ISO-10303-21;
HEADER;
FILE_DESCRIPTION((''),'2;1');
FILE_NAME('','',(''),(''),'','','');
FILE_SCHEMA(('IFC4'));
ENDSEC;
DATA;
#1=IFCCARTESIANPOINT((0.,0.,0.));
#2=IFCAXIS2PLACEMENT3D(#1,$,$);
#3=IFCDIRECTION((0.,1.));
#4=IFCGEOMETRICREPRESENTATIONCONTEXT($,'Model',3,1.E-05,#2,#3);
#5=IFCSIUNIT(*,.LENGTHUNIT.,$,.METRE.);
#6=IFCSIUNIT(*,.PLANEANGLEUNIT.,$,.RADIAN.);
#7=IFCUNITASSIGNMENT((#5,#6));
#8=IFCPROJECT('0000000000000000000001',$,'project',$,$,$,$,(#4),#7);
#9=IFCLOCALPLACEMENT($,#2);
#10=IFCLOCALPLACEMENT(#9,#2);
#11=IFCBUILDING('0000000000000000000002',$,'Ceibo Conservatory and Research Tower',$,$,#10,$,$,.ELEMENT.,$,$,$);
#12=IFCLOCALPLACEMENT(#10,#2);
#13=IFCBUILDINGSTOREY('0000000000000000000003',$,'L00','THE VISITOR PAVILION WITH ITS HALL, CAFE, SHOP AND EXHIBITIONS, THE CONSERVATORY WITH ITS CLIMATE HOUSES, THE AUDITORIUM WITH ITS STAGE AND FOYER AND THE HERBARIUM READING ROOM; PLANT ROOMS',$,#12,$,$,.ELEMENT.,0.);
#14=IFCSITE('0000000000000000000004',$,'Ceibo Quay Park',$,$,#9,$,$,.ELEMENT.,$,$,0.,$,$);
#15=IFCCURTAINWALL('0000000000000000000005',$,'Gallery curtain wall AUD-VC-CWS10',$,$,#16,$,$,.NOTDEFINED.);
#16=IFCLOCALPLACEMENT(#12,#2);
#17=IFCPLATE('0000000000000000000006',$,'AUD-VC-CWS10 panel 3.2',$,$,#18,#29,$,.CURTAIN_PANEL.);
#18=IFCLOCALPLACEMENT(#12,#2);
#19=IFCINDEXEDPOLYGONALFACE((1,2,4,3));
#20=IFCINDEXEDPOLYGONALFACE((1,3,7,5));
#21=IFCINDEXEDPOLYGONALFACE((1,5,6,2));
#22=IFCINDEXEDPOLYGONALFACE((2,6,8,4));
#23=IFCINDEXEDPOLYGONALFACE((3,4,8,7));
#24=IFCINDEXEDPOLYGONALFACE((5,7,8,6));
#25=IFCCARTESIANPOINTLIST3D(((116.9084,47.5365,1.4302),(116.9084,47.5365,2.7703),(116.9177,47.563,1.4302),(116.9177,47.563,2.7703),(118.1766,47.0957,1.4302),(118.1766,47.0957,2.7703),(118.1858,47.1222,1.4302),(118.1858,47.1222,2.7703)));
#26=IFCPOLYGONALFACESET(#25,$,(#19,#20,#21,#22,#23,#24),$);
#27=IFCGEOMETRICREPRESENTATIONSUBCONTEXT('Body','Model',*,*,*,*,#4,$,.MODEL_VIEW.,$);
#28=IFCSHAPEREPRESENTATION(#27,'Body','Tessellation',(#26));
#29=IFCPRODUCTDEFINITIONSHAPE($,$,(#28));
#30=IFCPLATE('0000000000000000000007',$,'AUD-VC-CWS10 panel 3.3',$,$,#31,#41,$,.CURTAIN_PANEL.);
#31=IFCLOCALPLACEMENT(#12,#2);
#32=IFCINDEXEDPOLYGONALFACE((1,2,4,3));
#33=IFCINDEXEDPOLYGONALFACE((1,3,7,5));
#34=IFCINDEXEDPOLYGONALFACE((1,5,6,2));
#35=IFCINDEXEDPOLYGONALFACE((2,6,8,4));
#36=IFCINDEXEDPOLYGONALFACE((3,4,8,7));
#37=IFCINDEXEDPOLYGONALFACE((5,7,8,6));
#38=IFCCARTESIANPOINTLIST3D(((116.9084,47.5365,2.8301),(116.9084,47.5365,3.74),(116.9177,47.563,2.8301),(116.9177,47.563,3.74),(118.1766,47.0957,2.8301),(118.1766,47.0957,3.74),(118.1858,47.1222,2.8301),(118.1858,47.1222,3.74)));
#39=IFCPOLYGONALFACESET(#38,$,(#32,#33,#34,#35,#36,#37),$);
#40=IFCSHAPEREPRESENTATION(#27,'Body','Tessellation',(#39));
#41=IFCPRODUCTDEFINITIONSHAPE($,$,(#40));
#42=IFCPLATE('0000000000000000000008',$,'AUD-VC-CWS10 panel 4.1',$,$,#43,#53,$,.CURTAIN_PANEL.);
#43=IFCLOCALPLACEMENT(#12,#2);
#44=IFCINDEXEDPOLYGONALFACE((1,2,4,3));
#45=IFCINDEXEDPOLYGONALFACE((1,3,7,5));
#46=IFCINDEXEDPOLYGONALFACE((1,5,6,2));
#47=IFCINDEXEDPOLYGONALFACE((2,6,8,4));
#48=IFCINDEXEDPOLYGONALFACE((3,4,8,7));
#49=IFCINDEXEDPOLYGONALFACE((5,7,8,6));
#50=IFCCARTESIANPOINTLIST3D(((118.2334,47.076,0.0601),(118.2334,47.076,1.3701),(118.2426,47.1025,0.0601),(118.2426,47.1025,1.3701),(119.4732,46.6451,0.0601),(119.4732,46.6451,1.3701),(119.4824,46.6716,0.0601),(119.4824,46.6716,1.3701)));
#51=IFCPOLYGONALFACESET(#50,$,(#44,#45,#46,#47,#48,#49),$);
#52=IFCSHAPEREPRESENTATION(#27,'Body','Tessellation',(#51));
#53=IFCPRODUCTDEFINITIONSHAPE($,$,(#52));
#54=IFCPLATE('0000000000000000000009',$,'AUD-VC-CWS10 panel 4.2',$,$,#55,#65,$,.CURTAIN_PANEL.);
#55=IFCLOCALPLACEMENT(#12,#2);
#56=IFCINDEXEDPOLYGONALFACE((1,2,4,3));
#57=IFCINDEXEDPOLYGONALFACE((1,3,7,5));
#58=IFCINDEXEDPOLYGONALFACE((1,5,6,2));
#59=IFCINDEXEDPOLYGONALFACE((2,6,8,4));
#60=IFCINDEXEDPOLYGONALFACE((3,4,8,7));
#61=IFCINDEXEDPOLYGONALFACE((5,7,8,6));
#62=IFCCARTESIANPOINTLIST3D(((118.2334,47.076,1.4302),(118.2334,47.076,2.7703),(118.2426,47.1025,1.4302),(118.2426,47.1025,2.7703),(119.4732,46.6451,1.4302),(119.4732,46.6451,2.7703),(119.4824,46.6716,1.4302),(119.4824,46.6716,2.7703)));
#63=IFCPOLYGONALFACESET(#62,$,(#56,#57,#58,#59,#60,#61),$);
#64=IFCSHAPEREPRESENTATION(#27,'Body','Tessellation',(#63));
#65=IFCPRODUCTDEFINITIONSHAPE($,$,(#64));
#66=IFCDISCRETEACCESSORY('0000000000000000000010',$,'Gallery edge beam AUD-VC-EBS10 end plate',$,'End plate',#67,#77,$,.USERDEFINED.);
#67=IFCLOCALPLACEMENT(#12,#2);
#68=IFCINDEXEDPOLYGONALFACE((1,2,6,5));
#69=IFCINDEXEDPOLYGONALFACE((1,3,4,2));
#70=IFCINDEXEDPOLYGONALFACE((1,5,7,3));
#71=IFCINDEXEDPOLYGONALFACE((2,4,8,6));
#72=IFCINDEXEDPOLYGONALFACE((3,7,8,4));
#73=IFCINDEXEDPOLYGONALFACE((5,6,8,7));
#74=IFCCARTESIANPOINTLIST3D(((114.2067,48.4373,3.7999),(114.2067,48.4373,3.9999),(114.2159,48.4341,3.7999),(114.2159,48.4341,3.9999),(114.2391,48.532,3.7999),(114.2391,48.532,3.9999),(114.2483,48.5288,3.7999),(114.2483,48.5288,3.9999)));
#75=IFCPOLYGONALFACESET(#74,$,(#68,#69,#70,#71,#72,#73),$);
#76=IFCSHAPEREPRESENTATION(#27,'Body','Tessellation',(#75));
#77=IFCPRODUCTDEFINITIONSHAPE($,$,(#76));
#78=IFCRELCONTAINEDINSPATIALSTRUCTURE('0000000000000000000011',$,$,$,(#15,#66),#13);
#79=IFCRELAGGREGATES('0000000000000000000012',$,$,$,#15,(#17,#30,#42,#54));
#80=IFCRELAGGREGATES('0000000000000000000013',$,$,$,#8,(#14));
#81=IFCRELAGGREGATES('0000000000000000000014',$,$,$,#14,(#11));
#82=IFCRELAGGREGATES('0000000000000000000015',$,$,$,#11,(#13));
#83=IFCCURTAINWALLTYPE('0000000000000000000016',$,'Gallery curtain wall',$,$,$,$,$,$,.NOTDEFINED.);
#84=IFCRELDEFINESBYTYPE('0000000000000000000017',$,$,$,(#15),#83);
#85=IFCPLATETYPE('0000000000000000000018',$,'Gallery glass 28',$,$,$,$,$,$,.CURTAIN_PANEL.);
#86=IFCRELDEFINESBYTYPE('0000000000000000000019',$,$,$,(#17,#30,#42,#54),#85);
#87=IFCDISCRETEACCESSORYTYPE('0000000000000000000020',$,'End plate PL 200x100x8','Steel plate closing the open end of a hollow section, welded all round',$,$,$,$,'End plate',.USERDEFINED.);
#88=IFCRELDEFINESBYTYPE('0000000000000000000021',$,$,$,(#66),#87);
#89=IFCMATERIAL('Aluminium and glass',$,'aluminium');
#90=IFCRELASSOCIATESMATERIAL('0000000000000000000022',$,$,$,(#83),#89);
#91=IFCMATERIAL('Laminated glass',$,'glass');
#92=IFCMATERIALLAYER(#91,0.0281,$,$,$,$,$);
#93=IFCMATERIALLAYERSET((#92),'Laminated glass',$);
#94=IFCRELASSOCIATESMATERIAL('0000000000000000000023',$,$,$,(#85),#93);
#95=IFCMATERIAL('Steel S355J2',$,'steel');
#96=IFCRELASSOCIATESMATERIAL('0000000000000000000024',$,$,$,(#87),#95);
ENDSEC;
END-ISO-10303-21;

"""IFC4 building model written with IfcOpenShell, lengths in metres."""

from ifc_helpers import new_model, si_unit, direction, frame, origin, origin_2d, place, context, subcontext, project, spatial, rectangle, extrude, material, layer, layer_set, material_profile, profile_set, type_object, element, aggregate, save


model = new_model("IFC4")

# Units and contexts
model_context = context("Model", 3, precision=1e-05, world=origin(), true_north=direction((0.0, 1.0)))
body_context = subcontext(model_context, "Body", "Model", "MODEL_VIEW")
ifc_project = project(units=[si_unit("LENGTHUNIT", "METRE"), si_unit("PLANEANGLEUNIT", "RADIAN")], contexts=[model_context])

# Site, building, storey
site_placement = place(None, origin())
site = spatial("IfcSite", under=ifc_project, at=site_placement, Name="Ceibo Quay Park", CompositionType="ELEMENT", RefElevation=0.0)
building_placement = place(site_placement, origin())
building = spatial("IfcBuilding", under=site, at=building_placement, Name="Ceibo Conservatory and Research Tower", CompositionType="ELEMENT")
storey_placement = place(building_placement, origin())
storey = spatial("IfcBuildingStorey", under=building, at=storey_placement, Name="L00", Description="THE VISITOR PAVILION WITH ITS HALL, CAFE, SHOP AND EXHIBITIONS, THE CONSERVATORY WITH ITS CLIMATE HOUSES, THE AUDITORIUM WITH ITS STAGE AND FOYER AND THE HERBARIUM READING ROOM; PLANT ROOMS", CompositionType="ELEMENT", Elevation=0.0)

# Curtain wall
ifc_material_1 = material(Name="Aluminium and glass", Category="aluminium")
curtain_wall_type = type_object("IfcCurtainWallType", Name="Gallery curtain wall", PredefinedType="NOTDEFINED", material=ifc_material_1)
curtain_wall_placement = place(storey_placement, origin())
curtain_wall = element("IfcCurtainWall", 1, at=curtain_wall_placement, inside=storey, type_object=curtain_wall_type, Name="Gallery curtain wall AUD-VC-CWS10", PredefinedType="NOTDEFINED")

# Plates
ifc_material_2 = material(Name="Laminated glass", Category="glass")
ifc_layer = layer(ifc_material_2, 0.0281)
ifc_layer_set = layer_set([ifc_layer], Name="Laminated glass")
plate_type = type_object("IfcPlateType", Name="Gallery glass 28", PredefinedType="CURTAIN_PANEL", material=ifc_layer_set)
plate_1_placement = place(storey_placement, frame((117.5471, 47.3293, 1.4302), z_axis=(0.0, 0.0, 1.0), x_axis=(0.944579, -0.328284, 0.0)))
plate_1 = element("IfcPlate", 2, at=plate_1_placement, type_object=plate_type, Name="AUD-VC-CWS10 panel 3.2", PredefinedType="CURTAIN_PANEL", context=body_context, shape_type="SweptSolid", body=[
    extrude(rectangle(XDim=1.3425, YDim=0.0281, at=origin_2d()), origin(), (0.0, 0.0, 1.0), 1.3401),
])
plate_2_placement = place(storey_placement, frame((117.5471, 47.3293, 2.8301), z_axis=(0.0, 0.0, 1.0), x_axis=(0.944579, -0.328284, 0.0)))
plate_2 = element("IfcPlate", 3, at=plate_2_placement, type_object=plate_type, Name="AUD-VC-CWS10 panel 3.3", PredefinedType="CURTAIN_PANEL", context=body_context, shape_type="SweptSolid", body=[
    extrude(rectangle(XDim=1.3425, YDim=0.0281, at=origin_2d()), origin(), (0.0, 0.0, 1.0), 0.9099),
])
plate_3_placement = place(storey_placement, frame((118.8579, 46.8738, 0.0601), z_axis=(0.0, 0.0, 1.0), x_axis=(0.944579, -0.328284, 0.0)))
plate_3 = element("IfcPlate", 4, at=plate_3_placement, type_object=plate_type, Name="AUD-VC-CWS10 panel 4.1", PredefinedType="CURTAIN_PANEL", context=body_context, shape_type="SweptSolid", body=[
    extrude(rectangle(XDim=1.3125, YDim=0.0281, at=origin_2d()), origin(), (0.0, 0.0, 1.0), 1.3101),
])
plate_4_placement = place(storey_placement, frame((118.8579, 46.8738, 1.4302), z_axis=(0.0, 0.0, 1.0), x_axis=(0.944579, -0.328284, 0.0)))
plate_4 = element("IfcPlate", 5, at=plate_4_placement, type_object=plate_type, Name="AUD-VC-CWS10 panel 4.2", PredefinedType="CURTAIN_PANEL", context=body_context, shape_type="SweptSolid", body=[
    extrude(rectangle(XDim=1.3125, YDim=0.0281, at=origin_2d()), origin(), (0.0, 0.0, 1.0), 1.3401),
])
aggregate(curtain_wall, [plate_1, plate_2, plate_3, plate_4])

# Discrete accessory
ifc_material_3 = material(Name="Steel S355J2", Category="steel")
ifc_material_profile_1 = material_profile(ifc_material_3, rectangle(XDim=0.1001, YDim=0.2, at=origin_2d()), Name="End plate PL 200x100x8")
ifc_profile_set_1 = profile_set([ifc_material_profile_1], Name="Steel S355J2")
discrete_accessory_type = type_object("IfcDiscreteAccessoryType", Name="End plate PL 200x100x8", Description="Steel plate closing the open end of a hollow section, welded all round", ElementType="End plate", PredefinedType="USERDEFINED", material=ifc_profile_set_1)
discrete_accessory_placement = place(storey_placement, frame((114.2229, 48.4846, 3.8999), z_axis=(0.946164, -0.323688, 0.0), x_axis=(0.323688, 0.946164, 0.0)))
element("IfcDiscreteAccessory", 6, at=discrete_accessory_placement, inside=storey, type_object=discrete_accessory_type, Name="Gallery edge beam AUD-VC-EBS10 end plate", ObjectType="End plate", PredefinedType="USERDEFINED", context=body_context, shape_type="SweptSolid", body=[
    extrude(rectangle(XDim=0.1001, YDim=0.2, at=origin_2d()), origin(), (0.0, 0.0, 1.0), 0.0098),
])

save(model, "model.ifc")
